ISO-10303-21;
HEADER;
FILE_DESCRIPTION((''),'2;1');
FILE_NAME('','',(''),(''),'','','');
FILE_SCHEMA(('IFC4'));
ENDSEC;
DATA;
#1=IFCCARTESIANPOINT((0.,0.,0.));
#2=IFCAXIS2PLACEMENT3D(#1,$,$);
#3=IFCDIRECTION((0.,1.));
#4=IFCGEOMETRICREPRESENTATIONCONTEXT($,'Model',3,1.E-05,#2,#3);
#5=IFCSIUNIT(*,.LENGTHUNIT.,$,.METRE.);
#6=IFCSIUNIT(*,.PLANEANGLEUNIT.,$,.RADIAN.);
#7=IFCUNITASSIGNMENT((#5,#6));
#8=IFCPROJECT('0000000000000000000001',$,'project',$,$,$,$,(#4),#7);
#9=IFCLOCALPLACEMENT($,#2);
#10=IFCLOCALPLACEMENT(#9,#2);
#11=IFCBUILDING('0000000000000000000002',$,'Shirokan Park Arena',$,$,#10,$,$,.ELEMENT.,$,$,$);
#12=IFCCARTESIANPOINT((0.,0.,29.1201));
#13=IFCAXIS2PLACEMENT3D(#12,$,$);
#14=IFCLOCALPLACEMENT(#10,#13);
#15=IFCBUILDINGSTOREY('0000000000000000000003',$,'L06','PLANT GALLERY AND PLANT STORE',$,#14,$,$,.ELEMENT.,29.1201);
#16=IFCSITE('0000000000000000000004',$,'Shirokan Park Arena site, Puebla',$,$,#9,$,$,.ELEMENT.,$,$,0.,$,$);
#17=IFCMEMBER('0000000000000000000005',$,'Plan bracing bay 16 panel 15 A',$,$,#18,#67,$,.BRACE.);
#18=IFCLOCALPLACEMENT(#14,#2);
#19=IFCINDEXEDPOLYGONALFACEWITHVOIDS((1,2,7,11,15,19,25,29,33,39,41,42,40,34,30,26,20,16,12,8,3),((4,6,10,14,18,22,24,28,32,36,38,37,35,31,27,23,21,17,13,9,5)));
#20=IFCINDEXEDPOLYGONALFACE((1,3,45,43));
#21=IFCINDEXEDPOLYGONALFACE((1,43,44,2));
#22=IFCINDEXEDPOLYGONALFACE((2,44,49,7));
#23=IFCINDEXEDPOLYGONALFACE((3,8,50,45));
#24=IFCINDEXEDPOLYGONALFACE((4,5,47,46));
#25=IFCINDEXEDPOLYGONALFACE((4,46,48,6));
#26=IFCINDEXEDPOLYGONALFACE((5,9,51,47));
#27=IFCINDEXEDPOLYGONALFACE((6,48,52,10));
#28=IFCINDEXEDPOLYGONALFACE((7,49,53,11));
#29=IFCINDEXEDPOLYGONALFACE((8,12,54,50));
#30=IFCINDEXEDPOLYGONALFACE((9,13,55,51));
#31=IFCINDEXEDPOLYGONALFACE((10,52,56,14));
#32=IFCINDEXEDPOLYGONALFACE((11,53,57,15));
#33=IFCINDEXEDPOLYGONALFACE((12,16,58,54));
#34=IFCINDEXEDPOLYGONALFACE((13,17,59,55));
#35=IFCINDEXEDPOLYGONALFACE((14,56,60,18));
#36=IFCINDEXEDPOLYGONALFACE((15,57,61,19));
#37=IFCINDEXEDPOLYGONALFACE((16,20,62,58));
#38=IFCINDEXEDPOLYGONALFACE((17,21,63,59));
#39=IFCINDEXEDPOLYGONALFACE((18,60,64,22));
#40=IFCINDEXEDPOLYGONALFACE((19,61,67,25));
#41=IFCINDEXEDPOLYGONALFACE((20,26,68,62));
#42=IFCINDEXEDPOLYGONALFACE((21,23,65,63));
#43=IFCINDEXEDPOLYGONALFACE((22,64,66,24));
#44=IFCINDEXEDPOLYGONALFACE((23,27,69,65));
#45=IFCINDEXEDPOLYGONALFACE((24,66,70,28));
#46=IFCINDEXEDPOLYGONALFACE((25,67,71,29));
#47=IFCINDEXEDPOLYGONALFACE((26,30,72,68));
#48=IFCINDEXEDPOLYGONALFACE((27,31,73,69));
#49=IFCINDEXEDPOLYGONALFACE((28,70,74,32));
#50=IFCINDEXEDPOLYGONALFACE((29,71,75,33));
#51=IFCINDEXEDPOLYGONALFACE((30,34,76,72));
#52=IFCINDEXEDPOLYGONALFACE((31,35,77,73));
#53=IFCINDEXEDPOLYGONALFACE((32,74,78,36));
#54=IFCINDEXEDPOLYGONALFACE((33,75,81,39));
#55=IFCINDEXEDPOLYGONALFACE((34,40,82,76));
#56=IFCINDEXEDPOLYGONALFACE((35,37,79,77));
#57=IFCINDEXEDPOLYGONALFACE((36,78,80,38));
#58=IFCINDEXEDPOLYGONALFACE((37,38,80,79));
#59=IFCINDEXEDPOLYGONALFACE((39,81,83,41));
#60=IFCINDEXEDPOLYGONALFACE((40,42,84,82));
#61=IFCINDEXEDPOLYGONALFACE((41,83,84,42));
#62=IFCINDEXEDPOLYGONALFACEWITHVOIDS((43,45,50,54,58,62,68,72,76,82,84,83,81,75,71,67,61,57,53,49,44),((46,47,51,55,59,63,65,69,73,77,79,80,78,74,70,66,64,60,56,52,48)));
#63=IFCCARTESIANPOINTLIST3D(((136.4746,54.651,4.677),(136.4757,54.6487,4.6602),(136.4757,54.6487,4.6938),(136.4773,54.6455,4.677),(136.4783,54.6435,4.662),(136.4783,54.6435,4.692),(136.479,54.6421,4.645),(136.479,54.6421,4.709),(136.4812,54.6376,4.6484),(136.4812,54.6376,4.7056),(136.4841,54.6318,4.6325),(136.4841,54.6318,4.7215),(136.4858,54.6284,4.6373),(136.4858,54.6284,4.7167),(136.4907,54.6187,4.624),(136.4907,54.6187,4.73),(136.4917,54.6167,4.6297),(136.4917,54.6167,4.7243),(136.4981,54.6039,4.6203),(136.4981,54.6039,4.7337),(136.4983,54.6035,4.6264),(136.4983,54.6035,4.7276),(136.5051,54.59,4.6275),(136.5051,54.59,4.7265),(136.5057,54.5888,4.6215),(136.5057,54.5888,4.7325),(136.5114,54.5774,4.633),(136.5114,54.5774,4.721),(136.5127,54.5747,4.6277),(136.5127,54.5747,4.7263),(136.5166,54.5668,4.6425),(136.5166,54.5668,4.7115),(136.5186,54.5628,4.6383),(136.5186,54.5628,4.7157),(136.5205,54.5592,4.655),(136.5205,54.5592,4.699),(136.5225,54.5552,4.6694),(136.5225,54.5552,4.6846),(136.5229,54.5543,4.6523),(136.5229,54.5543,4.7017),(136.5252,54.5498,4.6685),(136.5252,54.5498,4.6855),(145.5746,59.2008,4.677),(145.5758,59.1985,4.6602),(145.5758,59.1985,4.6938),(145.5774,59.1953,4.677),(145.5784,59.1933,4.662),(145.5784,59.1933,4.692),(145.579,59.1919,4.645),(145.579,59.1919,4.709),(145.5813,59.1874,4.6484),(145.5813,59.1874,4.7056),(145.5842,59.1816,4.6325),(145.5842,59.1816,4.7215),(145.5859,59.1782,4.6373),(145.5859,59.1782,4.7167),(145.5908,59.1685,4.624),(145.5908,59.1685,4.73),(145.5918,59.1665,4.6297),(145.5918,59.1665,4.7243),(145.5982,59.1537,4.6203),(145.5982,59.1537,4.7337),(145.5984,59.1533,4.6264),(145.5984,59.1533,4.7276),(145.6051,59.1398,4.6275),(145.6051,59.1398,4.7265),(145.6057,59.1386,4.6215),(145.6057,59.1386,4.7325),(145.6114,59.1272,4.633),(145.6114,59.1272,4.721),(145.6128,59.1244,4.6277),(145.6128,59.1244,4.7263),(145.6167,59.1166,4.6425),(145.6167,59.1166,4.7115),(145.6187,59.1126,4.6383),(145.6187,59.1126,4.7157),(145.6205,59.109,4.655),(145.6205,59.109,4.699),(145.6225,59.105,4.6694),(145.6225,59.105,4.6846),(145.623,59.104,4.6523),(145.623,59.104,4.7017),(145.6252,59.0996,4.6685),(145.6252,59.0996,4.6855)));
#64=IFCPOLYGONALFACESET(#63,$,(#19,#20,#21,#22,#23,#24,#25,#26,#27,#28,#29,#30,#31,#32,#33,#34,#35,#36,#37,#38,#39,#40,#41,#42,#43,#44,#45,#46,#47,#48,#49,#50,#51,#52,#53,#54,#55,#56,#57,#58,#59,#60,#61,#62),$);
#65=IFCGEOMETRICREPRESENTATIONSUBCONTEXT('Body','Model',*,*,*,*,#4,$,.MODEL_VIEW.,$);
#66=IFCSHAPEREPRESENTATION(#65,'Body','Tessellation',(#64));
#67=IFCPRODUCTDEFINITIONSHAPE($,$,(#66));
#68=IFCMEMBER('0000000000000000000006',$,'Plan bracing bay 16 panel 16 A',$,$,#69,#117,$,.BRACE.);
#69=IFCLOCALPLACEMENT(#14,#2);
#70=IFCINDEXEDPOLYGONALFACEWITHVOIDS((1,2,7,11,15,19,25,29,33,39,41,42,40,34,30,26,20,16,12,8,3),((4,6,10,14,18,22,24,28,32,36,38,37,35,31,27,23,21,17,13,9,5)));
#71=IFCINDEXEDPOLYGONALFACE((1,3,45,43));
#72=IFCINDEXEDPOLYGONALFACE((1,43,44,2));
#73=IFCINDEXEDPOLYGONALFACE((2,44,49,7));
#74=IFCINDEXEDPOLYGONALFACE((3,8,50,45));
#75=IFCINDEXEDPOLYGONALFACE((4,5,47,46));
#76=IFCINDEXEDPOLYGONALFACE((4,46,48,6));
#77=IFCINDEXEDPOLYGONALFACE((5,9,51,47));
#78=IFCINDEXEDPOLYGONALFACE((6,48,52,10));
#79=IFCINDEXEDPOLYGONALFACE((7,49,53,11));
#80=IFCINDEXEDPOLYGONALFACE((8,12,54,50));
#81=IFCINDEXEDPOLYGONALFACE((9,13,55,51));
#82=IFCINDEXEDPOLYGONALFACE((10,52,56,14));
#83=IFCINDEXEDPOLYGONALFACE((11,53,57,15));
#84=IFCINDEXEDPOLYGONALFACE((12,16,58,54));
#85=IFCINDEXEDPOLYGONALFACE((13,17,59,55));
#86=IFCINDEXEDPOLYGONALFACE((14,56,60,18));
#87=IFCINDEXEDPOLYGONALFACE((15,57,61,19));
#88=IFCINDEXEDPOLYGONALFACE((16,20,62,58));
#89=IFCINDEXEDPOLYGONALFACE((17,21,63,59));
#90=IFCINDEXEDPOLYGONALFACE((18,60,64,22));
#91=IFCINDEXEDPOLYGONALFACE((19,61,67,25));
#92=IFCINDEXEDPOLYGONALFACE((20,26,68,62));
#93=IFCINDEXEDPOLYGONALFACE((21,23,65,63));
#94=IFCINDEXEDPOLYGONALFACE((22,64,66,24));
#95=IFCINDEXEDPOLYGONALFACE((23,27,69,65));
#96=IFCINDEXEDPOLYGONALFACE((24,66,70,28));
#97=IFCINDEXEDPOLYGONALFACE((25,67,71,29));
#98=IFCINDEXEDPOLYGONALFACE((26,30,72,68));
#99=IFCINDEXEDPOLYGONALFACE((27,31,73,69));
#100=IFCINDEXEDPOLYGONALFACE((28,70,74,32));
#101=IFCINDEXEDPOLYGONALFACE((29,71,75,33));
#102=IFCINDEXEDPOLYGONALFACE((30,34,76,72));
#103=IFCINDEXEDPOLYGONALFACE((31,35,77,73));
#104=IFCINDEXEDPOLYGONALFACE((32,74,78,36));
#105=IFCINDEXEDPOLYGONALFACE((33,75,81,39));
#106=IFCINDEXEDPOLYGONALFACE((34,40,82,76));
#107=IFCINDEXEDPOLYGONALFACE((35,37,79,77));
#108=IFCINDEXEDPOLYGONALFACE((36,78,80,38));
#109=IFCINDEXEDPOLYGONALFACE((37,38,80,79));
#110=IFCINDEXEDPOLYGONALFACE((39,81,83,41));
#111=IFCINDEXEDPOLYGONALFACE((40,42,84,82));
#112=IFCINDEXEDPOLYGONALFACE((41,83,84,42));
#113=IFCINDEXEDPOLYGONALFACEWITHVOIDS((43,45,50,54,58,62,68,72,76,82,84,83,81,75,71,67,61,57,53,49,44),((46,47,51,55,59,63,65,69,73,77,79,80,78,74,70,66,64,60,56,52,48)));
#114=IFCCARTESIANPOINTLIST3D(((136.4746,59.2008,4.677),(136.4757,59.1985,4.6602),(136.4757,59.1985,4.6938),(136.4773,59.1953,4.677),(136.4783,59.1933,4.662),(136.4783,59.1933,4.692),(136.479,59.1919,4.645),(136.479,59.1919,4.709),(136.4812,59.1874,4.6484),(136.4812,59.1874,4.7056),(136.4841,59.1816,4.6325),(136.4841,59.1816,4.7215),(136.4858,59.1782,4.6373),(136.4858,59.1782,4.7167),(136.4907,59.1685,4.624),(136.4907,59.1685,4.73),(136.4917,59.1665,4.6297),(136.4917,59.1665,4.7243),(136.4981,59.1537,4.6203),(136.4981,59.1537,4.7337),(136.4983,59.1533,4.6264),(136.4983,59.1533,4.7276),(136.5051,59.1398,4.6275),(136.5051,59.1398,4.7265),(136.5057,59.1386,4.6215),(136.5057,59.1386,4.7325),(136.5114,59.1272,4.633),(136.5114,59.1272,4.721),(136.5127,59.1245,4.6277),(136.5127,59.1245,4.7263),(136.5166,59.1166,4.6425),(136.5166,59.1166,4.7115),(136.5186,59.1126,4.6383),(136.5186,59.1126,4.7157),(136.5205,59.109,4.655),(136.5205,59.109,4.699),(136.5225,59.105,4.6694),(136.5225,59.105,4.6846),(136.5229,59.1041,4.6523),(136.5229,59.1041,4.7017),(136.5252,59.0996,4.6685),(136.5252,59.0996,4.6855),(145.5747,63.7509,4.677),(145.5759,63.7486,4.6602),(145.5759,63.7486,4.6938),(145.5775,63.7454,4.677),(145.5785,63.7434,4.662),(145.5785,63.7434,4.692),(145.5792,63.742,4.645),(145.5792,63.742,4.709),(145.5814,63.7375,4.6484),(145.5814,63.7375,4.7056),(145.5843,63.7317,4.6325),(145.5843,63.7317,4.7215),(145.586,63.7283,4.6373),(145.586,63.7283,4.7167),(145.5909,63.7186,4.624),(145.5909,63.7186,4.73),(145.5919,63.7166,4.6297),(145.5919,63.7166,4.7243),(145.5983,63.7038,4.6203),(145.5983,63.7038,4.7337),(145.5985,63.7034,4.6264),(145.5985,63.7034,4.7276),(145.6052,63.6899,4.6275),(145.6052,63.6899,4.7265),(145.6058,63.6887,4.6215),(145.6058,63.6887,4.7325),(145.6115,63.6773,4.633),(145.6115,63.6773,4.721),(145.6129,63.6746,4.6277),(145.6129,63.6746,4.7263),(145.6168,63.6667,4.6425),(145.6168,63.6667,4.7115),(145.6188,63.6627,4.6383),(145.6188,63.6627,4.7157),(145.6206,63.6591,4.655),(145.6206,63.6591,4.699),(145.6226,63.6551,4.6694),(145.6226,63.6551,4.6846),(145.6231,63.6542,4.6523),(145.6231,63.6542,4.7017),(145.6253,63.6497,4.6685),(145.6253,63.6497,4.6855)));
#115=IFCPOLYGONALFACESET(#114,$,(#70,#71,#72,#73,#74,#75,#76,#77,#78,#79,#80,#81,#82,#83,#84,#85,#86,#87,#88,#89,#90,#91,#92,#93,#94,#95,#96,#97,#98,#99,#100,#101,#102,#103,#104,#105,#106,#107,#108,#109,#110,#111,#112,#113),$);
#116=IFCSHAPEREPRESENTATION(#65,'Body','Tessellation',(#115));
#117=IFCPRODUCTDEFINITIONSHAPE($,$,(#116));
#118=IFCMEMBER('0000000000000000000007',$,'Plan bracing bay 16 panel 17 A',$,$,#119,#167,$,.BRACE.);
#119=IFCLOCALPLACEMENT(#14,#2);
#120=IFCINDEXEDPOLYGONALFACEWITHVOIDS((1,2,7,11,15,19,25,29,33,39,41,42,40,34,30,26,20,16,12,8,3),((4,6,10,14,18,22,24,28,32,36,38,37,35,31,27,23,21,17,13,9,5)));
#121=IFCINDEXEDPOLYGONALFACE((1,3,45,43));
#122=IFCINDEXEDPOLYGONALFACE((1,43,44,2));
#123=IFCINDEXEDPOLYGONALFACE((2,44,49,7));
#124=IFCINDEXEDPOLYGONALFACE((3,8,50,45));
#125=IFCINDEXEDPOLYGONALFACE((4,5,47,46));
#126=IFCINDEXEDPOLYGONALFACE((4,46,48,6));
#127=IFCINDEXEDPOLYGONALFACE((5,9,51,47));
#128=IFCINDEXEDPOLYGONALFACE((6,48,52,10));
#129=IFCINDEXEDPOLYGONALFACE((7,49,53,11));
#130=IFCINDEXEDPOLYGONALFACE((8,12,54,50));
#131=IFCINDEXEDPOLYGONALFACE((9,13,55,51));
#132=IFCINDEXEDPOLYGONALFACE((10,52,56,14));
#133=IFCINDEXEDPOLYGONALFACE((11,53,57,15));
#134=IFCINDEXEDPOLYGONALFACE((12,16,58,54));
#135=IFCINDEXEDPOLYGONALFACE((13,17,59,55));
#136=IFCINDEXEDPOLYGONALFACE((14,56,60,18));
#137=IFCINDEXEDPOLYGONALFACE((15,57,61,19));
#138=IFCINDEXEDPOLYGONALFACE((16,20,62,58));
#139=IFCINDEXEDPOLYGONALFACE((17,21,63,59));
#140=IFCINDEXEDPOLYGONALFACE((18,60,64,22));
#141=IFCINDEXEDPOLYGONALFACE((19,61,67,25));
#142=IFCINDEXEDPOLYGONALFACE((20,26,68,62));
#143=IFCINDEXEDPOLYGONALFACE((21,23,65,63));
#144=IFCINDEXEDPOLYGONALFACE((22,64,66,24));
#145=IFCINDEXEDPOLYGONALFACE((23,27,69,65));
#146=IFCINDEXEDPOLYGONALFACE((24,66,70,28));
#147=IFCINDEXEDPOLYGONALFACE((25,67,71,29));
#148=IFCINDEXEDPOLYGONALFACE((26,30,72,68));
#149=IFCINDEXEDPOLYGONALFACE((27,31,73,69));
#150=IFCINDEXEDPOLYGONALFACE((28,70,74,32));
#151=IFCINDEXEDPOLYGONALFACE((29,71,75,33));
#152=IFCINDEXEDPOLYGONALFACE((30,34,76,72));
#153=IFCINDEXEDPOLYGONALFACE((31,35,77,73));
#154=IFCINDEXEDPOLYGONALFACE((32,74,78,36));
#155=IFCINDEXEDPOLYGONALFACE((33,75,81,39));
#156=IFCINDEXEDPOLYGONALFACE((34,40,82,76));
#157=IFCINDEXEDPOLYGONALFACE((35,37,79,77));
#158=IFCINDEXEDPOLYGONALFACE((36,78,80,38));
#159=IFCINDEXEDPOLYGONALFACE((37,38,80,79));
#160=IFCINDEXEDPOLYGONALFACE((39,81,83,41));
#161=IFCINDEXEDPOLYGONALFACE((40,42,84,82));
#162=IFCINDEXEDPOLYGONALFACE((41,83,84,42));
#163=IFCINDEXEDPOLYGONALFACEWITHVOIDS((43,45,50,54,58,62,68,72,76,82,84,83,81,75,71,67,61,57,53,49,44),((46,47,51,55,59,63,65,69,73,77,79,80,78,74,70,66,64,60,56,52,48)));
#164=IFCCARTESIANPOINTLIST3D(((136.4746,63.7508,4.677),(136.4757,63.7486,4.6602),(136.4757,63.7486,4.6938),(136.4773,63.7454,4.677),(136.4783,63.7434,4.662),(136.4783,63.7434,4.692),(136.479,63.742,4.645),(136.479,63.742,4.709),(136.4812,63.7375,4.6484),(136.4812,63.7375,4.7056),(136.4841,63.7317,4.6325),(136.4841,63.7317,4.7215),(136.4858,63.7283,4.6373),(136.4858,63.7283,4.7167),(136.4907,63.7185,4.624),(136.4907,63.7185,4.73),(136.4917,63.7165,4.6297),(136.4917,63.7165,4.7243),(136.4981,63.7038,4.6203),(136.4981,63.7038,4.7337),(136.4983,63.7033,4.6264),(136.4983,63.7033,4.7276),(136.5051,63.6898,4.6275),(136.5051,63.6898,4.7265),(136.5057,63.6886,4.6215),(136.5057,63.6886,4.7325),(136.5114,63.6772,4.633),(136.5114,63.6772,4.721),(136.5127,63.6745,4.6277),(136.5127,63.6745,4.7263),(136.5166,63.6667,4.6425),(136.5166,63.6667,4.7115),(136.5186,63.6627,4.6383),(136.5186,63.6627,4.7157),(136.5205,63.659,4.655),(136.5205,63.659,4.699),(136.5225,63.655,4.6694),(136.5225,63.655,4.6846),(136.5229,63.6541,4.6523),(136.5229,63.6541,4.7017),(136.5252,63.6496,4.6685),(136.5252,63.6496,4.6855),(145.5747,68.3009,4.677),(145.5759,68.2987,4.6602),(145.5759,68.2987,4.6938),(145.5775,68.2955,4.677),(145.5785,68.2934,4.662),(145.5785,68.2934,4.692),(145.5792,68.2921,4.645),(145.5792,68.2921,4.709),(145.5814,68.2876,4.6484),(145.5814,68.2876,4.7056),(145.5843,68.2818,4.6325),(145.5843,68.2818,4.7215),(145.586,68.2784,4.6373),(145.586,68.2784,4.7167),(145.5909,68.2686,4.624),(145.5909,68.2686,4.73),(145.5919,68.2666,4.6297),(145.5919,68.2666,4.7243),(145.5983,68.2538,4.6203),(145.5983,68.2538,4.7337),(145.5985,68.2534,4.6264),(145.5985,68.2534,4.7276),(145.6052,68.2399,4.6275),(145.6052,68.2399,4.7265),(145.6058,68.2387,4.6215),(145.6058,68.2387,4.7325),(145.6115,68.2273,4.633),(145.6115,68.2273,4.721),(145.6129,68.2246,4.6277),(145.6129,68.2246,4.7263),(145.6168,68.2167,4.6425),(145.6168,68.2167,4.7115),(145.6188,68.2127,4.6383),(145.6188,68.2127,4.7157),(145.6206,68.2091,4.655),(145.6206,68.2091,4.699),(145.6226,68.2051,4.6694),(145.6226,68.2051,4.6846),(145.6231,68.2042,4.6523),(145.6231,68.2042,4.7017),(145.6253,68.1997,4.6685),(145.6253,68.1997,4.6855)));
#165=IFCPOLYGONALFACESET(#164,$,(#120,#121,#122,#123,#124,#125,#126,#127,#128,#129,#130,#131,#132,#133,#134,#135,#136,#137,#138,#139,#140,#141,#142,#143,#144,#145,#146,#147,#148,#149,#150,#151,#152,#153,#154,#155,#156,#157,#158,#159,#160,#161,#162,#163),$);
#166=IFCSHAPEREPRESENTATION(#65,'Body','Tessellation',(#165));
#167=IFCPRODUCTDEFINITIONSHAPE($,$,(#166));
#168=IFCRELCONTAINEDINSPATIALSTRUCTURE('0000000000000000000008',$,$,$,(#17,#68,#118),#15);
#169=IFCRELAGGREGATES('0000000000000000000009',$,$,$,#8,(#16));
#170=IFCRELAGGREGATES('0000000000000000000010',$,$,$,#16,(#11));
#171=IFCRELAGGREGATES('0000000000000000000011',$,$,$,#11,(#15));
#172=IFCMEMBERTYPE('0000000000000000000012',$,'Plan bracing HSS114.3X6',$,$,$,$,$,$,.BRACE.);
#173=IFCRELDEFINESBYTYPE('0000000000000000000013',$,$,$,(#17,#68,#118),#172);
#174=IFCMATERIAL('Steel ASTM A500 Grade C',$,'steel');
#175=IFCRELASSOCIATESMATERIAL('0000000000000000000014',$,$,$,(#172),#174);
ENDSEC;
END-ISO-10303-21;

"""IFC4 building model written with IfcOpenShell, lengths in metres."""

from ifc_helpers import new_model, si_unit, direction, frame, origin, origin_2d, place, context, subcontext, project, spatial, hollow_circle, extrude, material, material_profile, profile_set, type_object, element, save


model = new_model("IFC4")

# Units and contexts
model_context = context("Model", 3, precision=1e-05, world=origin(), true_north=direction((0.0, 1.0)))
body_context = subcontext(model_context, "Body", "Model", "MODEL_VIEW")
ifc_project = project(units=[si_unit("LENGTHUNIT", "METRE"), si_unit("PLANEANGLEUNIT", "RADIAN")], contexts=[model_context])

# Site, building, storey
site_placement = place(None, origin())
site = spatial("IfcSite", under=ifc_project, at=site_placement, Name="Shirokan Park Arena site, Puebla", CompositionType="ELEMENT", RefElevation=0.0)
building_placement = place(site_placement, origin())
building = spatial("IfcBuilding", under=site, at=building_placement, Name="Shirokan Park Arena", CompositionType="ELEMENT")
storey_placement = place(building_placement, frame((0.0, 0.0, 29.1201)))
storey = spatial("IfcBuildingStorey", under=building, at=storey_placement, Name="L06", Description="PLANT GALLERY AND PLANT STORE", CompositionType="ELEMENT", Elevation=29.1201)

# Members
ifc_material_1 = material(Name="Steel ASTM A500 Grade C", Category="steel")
ifc_material_profile_1 = material_profile(ifc_material_1, hollow_circle(Radius=0.0569, WallThickness=0.0061, at=origin_2d()), Name="HSS114.3X6")
ifc_profile_set_1 = profile_set([ifc_material_profile_1], Name="Steel ASTM A500 Grade C")
member_type_1 = type_object("IfcMemberType", Name="Plan bracing HSS114.3X6", PredefinedType="BRACE", material=ifc_profile_set_1)
member_1_placement = place(storey_placement, frame((136.5, 54.6001, 4.677), z_axis=(0.894437, 0.447194, 0.0), x_axis=(-0.447194, 0.894437, 0.0)))
element("IfcMember", 1, at=member_1_placement, inside=storey, type_object=member_type_1, Name="Plan bracing bay 16 panel 15 A", PredefinedType="BRACE", context=body_context, shape_type="SweptSolid", body=[
    extrude(hollow_circle(Radius=0.0569, WallThickness=0.0061, at=origin_2d()), origin(), (0.0, 0.0, 1.0), 10.1741),
])
for number, where, z_axis, x_axis, name in (
    (2, (136.5, 59.1499, 4.677), (0.894427, 0.447214, 0.0), (-0.447214, 0.894427, 0.0), "Plan bracing bay 16 panel 16 A"),
    (3, (136.5, 63.7, 4.677), (0.894427, 0.447214, 0.0), (-0.447214, 0.894427, 0.0), "Plan bracing bay 16 panel 17 A"),
):
    element("IfcMember", number, at=place(storey_placement, frame(where, z_axis=z_axis, x_axis=x_axis)), inside=storey, type_object=member_type_1, Name=name, PredefinedType="BRACE", context=body_context, shape_type="SweptSolid", body=[
        extrude(hollow_circle(Radius=0.0569, WallThickness=0.0061, at=origin_2d()), origin(), (0.0, 0.0, 1.0), 10.1743),
    ])

save(model, "model.ifc")
